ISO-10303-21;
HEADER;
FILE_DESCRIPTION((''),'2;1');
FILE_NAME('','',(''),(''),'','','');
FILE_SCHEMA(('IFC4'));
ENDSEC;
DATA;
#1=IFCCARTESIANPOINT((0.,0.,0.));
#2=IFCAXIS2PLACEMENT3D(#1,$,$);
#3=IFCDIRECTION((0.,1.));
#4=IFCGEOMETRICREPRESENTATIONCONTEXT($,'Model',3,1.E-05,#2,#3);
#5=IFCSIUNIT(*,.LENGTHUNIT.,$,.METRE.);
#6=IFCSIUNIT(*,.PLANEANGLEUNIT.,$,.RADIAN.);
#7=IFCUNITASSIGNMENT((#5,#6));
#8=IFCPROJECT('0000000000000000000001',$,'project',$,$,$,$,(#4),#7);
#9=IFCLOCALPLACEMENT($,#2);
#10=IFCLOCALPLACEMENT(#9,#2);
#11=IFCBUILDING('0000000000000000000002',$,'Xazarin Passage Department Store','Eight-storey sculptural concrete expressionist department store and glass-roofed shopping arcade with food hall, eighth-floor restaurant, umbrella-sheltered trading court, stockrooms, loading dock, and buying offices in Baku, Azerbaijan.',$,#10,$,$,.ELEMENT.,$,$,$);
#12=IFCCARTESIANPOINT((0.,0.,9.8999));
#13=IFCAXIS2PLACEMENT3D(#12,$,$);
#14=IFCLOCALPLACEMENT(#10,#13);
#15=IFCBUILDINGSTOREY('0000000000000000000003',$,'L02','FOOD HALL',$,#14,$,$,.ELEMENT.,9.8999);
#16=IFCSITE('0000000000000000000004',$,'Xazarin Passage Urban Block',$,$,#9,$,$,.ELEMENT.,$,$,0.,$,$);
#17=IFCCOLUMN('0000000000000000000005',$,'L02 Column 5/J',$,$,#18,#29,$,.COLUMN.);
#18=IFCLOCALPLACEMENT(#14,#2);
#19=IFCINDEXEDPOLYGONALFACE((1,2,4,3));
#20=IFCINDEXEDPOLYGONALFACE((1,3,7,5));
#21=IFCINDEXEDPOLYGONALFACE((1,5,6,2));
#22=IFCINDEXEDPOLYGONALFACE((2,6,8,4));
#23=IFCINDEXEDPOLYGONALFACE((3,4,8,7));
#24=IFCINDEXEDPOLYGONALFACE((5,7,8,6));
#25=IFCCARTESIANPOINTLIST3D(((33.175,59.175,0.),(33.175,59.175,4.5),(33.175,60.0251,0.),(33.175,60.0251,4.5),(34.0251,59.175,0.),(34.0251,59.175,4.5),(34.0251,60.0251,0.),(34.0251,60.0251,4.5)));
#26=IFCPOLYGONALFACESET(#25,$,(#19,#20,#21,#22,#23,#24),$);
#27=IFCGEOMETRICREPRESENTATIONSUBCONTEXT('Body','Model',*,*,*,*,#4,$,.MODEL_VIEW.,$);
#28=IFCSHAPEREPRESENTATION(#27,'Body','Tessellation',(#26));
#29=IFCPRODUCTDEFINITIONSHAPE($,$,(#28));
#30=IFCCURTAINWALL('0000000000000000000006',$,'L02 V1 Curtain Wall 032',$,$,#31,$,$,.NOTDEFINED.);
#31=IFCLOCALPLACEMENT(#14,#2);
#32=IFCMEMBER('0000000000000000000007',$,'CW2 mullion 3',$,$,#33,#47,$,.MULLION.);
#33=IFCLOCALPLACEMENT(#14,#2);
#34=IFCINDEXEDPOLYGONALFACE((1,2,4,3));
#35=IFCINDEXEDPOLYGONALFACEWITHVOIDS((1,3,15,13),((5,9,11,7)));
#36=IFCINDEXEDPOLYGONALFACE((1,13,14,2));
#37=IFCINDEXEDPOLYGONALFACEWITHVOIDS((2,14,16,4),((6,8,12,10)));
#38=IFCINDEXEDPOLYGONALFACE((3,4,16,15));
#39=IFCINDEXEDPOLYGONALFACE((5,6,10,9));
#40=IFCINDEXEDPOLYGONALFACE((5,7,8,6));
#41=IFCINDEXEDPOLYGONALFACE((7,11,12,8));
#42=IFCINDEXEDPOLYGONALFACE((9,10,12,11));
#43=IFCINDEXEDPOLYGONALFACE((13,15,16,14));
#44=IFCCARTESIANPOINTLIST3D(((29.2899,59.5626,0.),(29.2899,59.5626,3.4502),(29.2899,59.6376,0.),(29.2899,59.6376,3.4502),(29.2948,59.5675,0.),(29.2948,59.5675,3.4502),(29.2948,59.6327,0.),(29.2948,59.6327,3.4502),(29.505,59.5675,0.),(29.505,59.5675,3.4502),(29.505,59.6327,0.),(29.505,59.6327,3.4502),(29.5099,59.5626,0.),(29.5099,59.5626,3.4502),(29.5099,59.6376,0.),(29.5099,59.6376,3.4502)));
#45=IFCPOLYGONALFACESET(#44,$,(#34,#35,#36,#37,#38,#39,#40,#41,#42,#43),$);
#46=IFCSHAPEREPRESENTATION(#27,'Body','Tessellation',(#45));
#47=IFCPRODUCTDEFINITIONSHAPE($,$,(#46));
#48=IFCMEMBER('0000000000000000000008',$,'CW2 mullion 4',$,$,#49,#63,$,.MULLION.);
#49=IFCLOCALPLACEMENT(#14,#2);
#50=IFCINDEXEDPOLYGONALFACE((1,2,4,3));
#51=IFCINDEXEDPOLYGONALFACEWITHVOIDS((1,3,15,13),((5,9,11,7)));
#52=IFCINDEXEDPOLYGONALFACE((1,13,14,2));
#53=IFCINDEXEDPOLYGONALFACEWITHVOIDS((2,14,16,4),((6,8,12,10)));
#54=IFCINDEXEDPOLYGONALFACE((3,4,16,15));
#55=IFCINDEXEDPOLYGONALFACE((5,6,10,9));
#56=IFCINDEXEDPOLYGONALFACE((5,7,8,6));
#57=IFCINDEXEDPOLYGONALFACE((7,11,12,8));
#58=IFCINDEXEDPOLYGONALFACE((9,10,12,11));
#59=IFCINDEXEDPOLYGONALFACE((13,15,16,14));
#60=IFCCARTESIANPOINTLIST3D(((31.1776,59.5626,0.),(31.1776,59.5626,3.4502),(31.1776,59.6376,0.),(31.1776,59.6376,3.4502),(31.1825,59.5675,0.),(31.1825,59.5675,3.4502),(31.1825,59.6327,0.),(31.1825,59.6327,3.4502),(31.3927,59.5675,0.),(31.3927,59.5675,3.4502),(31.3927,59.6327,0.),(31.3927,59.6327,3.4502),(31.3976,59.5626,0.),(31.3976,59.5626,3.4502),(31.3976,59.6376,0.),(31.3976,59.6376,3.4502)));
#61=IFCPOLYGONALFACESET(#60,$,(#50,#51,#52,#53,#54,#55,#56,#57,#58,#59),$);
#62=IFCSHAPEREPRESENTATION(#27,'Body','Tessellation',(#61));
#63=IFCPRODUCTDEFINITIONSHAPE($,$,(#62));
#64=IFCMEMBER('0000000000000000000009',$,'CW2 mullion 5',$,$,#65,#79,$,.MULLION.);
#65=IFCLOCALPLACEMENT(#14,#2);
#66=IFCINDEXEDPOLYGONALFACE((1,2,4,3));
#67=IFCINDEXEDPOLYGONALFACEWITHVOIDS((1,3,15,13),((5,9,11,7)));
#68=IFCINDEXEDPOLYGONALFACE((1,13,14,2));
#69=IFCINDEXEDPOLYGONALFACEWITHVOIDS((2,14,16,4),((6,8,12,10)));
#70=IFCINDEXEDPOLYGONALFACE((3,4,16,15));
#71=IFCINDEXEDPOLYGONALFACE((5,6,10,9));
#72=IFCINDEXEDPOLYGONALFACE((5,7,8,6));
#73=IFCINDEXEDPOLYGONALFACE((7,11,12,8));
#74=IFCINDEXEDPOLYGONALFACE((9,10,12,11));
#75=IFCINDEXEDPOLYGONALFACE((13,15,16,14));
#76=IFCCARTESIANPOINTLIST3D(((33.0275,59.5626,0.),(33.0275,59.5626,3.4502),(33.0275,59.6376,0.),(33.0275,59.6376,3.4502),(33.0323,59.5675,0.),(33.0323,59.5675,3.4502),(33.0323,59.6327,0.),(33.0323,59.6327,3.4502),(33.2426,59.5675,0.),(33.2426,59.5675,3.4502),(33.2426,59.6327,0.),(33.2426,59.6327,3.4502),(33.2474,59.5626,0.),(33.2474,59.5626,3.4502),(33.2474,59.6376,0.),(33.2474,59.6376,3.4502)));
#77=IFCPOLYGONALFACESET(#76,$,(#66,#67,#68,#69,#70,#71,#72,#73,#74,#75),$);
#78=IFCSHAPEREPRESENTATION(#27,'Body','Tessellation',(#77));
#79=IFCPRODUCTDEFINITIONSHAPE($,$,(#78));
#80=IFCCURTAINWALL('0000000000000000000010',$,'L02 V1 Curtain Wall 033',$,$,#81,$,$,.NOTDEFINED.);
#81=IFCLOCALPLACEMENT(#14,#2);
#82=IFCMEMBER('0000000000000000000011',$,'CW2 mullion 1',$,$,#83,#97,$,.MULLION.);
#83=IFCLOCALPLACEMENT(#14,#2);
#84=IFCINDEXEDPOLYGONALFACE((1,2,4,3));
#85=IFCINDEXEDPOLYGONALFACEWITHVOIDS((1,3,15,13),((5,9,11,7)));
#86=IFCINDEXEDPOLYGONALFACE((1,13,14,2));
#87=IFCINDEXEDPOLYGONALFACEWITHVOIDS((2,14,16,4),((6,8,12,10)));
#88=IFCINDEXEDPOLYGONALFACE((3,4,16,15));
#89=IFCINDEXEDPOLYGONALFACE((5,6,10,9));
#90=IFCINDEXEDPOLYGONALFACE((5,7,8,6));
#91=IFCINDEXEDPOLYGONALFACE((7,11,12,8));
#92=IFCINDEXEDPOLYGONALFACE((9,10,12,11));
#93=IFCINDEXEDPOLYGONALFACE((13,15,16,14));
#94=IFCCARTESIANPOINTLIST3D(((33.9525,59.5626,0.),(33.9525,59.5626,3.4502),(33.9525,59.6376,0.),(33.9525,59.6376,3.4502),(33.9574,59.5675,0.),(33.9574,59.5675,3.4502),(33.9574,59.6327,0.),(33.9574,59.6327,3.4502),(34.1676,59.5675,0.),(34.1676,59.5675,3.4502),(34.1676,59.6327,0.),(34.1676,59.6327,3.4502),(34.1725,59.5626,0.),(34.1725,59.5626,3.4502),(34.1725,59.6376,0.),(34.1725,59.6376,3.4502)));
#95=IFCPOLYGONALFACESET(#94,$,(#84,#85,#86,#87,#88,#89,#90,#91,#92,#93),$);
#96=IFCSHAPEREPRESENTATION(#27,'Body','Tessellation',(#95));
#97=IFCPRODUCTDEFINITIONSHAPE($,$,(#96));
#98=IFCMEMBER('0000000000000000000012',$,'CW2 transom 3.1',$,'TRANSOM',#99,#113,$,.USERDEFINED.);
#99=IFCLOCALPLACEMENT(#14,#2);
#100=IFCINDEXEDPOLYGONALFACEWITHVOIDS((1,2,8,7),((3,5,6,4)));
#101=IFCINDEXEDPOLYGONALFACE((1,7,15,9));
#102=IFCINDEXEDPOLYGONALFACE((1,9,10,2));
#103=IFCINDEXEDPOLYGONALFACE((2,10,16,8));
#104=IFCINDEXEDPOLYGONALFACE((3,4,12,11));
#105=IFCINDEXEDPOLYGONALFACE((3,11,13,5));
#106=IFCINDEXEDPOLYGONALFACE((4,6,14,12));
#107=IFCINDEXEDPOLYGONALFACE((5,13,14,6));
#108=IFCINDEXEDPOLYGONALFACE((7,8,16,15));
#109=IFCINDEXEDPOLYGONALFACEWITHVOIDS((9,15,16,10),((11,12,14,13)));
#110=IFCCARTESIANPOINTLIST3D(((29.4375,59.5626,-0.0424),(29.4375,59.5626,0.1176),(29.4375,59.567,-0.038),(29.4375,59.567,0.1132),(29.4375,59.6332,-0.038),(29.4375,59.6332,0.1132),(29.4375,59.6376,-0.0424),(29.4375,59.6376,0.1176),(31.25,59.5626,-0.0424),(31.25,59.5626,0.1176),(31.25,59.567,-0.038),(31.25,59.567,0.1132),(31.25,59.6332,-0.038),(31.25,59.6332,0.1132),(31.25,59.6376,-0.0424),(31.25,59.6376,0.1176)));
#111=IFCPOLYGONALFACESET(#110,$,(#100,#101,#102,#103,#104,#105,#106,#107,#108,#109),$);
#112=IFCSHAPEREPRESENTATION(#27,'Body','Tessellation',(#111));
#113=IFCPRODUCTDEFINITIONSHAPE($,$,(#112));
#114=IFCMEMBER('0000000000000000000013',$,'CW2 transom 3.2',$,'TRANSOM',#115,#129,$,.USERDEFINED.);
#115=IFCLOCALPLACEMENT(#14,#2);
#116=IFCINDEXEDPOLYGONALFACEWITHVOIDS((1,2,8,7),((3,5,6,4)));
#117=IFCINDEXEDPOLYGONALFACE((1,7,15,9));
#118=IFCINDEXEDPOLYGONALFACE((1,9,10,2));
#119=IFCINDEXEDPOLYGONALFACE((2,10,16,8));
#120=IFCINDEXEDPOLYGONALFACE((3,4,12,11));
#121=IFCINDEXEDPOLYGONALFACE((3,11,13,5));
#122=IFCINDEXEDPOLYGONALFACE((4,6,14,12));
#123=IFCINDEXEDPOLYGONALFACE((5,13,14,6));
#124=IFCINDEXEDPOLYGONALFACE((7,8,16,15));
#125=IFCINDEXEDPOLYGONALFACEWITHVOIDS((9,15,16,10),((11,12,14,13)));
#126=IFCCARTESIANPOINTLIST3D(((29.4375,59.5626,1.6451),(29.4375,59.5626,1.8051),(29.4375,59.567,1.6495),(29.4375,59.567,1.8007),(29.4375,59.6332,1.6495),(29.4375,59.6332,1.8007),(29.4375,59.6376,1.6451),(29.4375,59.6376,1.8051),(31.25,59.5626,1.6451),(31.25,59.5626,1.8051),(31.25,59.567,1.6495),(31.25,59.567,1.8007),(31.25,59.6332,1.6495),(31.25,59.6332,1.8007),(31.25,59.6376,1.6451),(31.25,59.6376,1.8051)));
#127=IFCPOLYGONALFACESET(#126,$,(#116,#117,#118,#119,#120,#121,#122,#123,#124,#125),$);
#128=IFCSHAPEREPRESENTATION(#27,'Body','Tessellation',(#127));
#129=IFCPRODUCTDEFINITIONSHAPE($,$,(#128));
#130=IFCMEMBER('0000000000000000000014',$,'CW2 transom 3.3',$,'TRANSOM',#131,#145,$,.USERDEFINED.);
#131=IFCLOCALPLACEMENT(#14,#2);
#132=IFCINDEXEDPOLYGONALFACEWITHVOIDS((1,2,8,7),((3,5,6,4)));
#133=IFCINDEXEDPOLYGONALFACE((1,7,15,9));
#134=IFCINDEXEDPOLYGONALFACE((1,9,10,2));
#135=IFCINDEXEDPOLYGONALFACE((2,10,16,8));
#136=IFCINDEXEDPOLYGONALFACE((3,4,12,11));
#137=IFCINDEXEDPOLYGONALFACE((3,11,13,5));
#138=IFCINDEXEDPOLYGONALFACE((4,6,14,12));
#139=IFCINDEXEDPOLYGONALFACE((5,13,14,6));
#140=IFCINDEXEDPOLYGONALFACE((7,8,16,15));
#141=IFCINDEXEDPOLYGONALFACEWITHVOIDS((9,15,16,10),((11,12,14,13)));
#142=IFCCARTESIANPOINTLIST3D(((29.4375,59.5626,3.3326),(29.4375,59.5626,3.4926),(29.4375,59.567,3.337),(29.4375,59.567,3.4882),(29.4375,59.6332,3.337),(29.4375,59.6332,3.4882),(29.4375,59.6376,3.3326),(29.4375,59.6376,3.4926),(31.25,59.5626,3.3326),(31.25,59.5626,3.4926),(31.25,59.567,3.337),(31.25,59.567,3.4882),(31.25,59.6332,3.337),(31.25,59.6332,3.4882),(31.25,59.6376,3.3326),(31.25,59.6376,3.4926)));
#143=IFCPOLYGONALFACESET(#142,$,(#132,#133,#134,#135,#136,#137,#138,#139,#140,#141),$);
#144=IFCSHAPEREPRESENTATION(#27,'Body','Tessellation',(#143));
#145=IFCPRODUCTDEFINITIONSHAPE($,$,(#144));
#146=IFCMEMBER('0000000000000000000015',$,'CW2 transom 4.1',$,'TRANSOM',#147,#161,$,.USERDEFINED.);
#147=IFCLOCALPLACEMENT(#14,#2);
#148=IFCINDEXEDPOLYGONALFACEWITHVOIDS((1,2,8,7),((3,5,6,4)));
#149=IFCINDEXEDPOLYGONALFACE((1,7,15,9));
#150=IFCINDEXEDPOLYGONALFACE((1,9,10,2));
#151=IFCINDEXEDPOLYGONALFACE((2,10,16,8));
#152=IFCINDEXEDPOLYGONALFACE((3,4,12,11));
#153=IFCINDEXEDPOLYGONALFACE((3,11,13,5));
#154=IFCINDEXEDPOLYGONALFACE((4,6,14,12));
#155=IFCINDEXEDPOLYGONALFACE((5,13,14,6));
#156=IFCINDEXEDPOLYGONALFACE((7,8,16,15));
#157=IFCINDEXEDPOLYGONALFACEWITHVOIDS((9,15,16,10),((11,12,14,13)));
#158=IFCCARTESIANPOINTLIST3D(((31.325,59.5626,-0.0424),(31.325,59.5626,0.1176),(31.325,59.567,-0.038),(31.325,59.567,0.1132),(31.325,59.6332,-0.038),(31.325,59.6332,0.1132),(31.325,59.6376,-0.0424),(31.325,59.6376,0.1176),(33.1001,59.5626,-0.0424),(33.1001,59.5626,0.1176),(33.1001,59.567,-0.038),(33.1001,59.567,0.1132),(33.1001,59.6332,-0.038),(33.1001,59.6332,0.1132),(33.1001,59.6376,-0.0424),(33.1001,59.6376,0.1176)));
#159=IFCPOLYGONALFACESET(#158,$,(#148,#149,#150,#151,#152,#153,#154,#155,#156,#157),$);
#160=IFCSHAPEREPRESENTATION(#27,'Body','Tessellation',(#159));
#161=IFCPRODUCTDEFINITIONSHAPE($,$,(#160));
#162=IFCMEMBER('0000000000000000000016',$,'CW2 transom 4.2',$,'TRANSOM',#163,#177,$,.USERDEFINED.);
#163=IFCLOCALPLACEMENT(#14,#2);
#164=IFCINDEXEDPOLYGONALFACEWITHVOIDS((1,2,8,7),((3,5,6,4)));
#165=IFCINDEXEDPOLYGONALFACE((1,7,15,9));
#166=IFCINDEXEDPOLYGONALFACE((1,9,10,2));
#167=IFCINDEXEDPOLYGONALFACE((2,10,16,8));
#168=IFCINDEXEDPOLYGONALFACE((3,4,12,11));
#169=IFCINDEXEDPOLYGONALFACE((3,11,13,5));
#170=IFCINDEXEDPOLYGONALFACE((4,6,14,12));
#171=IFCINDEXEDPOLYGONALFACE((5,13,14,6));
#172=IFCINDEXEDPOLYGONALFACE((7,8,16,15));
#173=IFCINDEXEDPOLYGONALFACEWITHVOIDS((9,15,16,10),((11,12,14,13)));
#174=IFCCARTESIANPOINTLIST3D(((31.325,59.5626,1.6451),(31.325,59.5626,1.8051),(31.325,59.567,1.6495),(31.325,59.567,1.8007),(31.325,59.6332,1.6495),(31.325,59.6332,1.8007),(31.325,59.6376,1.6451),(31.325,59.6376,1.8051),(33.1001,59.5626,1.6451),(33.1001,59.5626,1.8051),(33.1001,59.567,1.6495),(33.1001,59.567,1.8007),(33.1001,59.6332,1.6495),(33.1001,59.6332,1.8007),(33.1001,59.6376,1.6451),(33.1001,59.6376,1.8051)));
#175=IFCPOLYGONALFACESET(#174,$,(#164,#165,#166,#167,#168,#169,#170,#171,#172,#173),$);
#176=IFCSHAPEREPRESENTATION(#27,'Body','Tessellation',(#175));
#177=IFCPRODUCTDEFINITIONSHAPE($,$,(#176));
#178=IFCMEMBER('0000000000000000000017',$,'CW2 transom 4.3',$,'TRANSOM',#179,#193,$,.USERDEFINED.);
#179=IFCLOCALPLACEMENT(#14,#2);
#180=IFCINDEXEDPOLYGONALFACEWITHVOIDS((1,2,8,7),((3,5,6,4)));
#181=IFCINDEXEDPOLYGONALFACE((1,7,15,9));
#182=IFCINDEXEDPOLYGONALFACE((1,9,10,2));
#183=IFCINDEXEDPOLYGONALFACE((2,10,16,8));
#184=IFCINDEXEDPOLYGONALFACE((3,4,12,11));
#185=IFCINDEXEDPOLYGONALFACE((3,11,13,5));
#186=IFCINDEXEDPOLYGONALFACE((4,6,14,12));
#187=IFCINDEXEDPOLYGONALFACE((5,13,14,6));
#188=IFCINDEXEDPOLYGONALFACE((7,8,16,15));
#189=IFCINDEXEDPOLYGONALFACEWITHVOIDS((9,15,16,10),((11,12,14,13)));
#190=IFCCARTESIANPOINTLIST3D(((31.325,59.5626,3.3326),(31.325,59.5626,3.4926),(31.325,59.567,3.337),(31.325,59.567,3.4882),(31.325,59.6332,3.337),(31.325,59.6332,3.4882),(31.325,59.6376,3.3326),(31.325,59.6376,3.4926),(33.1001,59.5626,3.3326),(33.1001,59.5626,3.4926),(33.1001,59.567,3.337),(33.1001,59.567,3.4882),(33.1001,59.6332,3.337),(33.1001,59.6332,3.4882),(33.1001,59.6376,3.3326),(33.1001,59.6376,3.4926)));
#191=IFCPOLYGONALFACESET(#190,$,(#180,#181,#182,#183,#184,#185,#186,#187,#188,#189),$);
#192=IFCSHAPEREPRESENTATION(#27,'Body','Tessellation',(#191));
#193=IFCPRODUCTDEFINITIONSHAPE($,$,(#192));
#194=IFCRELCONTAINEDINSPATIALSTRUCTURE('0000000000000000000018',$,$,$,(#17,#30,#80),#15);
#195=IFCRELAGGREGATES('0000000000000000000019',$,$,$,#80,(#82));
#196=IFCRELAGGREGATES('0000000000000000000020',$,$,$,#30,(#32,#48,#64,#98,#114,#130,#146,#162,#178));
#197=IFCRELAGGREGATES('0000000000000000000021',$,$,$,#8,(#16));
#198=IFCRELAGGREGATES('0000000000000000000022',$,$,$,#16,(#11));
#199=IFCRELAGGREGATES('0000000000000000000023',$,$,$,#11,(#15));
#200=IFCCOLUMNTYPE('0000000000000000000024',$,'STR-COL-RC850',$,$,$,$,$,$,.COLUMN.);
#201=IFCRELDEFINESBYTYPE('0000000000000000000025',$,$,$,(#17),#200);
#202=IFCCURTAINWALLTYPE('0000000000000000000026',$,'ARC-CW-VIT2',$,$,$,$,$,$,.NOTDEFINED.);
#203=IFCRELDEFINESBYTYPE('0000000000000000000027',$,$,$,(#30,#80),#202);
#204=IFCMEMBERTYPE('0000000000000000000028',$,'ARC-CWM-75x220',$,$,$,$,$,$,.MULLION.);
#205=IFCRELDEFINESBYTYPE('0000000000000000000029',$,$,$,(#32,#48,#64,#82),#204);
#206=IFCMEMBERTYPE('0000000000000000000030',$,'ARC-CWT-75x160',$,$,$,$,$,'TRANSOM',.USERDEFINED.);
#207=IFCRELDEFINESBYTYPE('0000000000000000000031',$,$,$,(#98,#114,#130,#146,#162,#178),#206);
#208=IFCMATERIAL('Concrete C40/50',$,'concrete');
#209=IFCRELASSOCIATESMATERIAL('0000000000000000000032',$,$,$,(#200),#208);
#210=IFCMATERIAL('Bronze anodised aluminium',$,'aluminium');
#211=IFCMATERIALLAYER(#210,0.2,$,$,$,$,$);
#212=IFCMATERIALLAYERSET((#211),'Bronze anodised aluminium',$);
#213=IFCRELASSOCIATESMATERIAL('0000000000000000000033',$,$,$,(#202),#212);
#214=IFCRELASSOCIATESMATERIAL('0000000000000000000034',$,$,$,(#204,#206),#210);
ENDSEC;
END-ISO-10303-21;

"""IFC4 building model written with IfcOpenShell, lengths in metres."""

from ifc_helpers import new_model, si_unit, direction, frame, origin, origin_2d, place, context, subcontext, project, spatial, rectangle, hollow_rectangle, extrude, material, layer, layer_set, material_profile, profile_set, type_object, element, aggregate, save


model = new_model("IFC4")

# Units and contexts
model_context = context("Model", 3, precision=1e-05, world=origin(), true_north=direction((0.0, 1.0)))
body_context = subcontext(model_context, "Body", "Model", "MODEL_VIEW")
ifc_project = project(units=[si_unit("LENGTHUNIT", "METRE"), si_unit("PLANEANGLEUNIT", "RADIAN")], contexts=[model_context])

# Site, building, storey
site_placement = place(None, origin())
site = spatial("IfcSite", under=ifc_project, at=site_placement, Name="Xazarin Passage Urban Block", CompositionType="ELEMENT", RefElevation=0.0)
building_placement = place(site_placement, origin())
building = spatial("IfcBuilding", under=site, at=building_placement, Name="Xazarin Passage Department Store", Description="Eight-storey sculptural concrete expressionist department store and glass-roofed shopping arcade with food hall, eighth-floor restaurant, umbrella-sheltered trading court, stockrooms, loading dock, and buying offices in Baku, Azerbaijan.", CompositionType="ELEMENT")
storey_placement = place(building_placement, frame((0.0, 0.0, 9.8999)))
storey = spatial("IfcBuildingStorey", under=building, at=storey_placement, Name="L02", Description="FOOD HALL", CompositionType="ELEMENT", Elevation=9.8999)

# Column
ifc_material_1 = material(Name="Concrete C40/50", Category="concrete")
ifc_material_profile_1 = material_profile(ifc_material_1, rectangle(XDim=0.8501, YDim=0.8501, at=origin_2d()), Name="RC 850x850")
ifc_profile_set_1 = profile_set([ifc_material_profile_1], Name="Concrete C40/50")
column_type = type_object("IfcColumnType", Name="STR-COL-RC850", PredefinedType="COLUMN", material=ifc_profile_set_1)
column_placement = place(storey_placement, frame((33.6001, 59.6001, 0.0), z_axis=(0.0, 0.0, 1.0), x_axis=(1.0, 0.0, 0.0)))
element("IfcColumn", 1, at=column_placement, inside=storey, type_object=column_type, Name="L02 Column 5/J", PredefinedType="COLUMN", context=body_context, shape_type="SweptSolid", body=[
    extrude(rectangle(XDim=0.8501, YDim=0.8501, at=origin_2d()), origin(), (0.0, 0.0, 1.0), 4.5),
])

# Curtain wall, members
ifc_material_2 = material(Name="Bronze anodised aluminium", Category="aluminium")
ifc_layer_1 = layer(ifc_material_2, 0.2)
ifc_layer_set_1 = layer_set([ifc_layer_1], Name="Bronze anodised aluminium")
curtain_wall_type = type_object("IfcCurtainWallType", Name="ARC-CW-VIT2", PredefinedType="NOTDEFINED", material=ifc_layer_set_1)
curtain_wall_1_placement = place(storey_placement, origin())
curtain_wall_1 = element("IfcCurtainWall", 2, at=curtain_wall_1_placement, inside=storey, type_object=curtain_wall_type, Name="L02 V1 Curtain Wall 032", PredefinedType="NOTDEFINED")
ifc_material_profile_2 = material_profile(ifc_material_2, hollow_rectangle(XDim=0.075, YDim=0.22, WallThickness=0.0049, at=origin_2d()), Name="ALU 75x220")
ifc_profile_set_2 = profile_set([ifc_material_profile_2], Name="Bronze anodised aluminium")
member_type_1 = type_object("IfcMemberType", Name="ARC-CWM-75x220", PredefinedType="MULLION", material=ifc_profile_set_2)
member_1_placement = place(storey_placement, frame((29.3999, 59.6001, 0.0), z_axis=(0.0, 0.0, 1.0), x_axis=(0.0, 1.0, 0.0)))
member_1 = element("IfcMember", 3, at=member_1_placement, type_object=member_type_1, Name="CW2 mullion 3", PredefinedType="MULLION", context=body_context, shape_type="SweptSolid", body=[
    extrude(hollow_rectangle(XDim=0.075, YDim=0.22, WallThickness=0.0049, at=origin_2d()), origin(), (0.0, 0.0, 1.0), 3.4502),
])
member_2_placement = place(storey_placement, frame((31.2876, 59.6001, 0.0), z_axis=(0.0, 0.0, 1.0), x_axis=(0.0, 1.0, 0.0)))
member_2 = element("IfcMember", 4, at=member_2_placement, type_object=member_type_1, Name="CW2 mullion 4", PredefinedType="MULLION", context=body_context, shape_type="SweptSolid", body=[
    extrude(hollow_rectangle(XDim=0.075, YDim=0.22, WallThickness=0.0049, at=origin_2d()), origin(), (0.0, 0.0, 1.0), 3.4502),
])
member_3_placement = place(storey_placement, frame((33.1375, 59.6001, 0.0), z_axis=(0.0, 0.0, 1.0), x_axis=(0.0, 1.0, 0.0)))
member_3 = element("IfcMember", 5, at=member_3_placement, type_object=member_type_1, Name="CW2 mullion 5", PredefinedType="MULLION", context=body_context, shape_type="SweptSolid", body=[
    extrude(hollow_rectangle(XDim=0.075, YDim=0.22, WallThickness=0.0049, at=origin_2d()), origin(), (0.0, 0.0, 1.0), 3.4502),
])

# Curtain wall, member
curtain_wall_2_placement = place(storey_placement, origin())
curtain_wall_2 = element("IfcCurtainWall", 6, at=curtain_wall_2_placement, inside=storey, type_object=curtain_wall_type, Name="L02 V1 Curtain Wall 033", PredefinedType="NOTDEFINED")
member_4_placement = place(storey_placement, frame((34.0625, 59.6001, 0.0), z_axis=(0.0, 0.0, 1.0), x_axis=(0.0, 1.0, 0.0)))
member_4 = element("IfcMember", 7, at=member_4_placement, type_object=member_type_1, Name="CW2 mullion 1", PredefinedType="MULLION", context=body_context, shape_type="SweptSolid", body=[
    extrude(hollow_rectangle(XDim=0.075, YDim=0.22, WallThickness=0.0049, at=origin_2d()), origin(), (0.0, 0.0, 1.0), 3.4502),
])

# Members
ifc_material_profile_3 = material_profile(ifc_material_2, hollow_rectangle(XDim=0.075, YDim=0.1599, WallThickness=0.0044, at=origin_2d()), Name="ALU 75x160")
ifc_profile_set_3 = profile_set([ifc_material_profile_3], Name="Bronze anodised aluminium")
member_type_2 = type_object("IfcMemberType", Name="ARC-CWT-75x160", ElementType="TRANSOM", PredefinedType="USERDEFINED", material=ifc_profile_set_3)
member_5_placement = place(storey_placement, frame((29.4375, 59.6001, 0.0376), z_axis=(1.0, 0.0, 0.0), x_axis=(0.0, 1.0, 0.0)))
member_5 = element("IfcMember", 8, at=member_5_placement, type_object=member_type_2, Name="CW2 transom 3.1", ObjectType="TRANSOM", PredefinedType="USERDEFINED", context=body_context, shape_type="SweptSolid", body=[
    extrude(hollow_rectangle(XDim=0.075, YDim=0.1599, WallThickness=0.0044, at=origin_2d()), origin(), (0.0, 0.0, 1.0), 1.8125),
])
member_6_placement = place(storey_placement, frame((29.4375, 59.6001, 1.7251), z_axis=(1.0, 0.0, 0.0), x_axis=(0.0, 1.0, 0.0)))
member_6 = element("IfcMember", 9, at=member_6_placement, type_object=member_type_2, Name="CW2 transom 3.2", ObjectType="TRANSOM", PredefinedType="USERDEFINED", context=body_context, shape_type="SweptSolid", body=[
    extrude(hollow_rectangle(XDim=0.075, YDim=0.1599, WallThickness=0.0044, at=origin_2d()), origin(), (0.0, 0.0, 1.0), 1.8125),
])
member_7_placement = place(storey_placement, frame((29.4375, 59.6001, 3.4126), z_axis=(1.0, 0.0, 0.0), x_axis=(0.0, 1.0, 0.0)))
member_7 = element("IfcMember", 10, at=member_7_placement, type_object=member_type_2, Name="CW2 transom 3.3", ObjectType="TRANSOM", PredefinedType="USERDEFINED", context=body_context, shape_type="SweptSolid", body=[
    extrude(hollow_rectangle(XDim=0.075, YDim=0.1599, WallThickness=0.0044, at=origin_2d()), origin(), (0.0, 0.0, 1.0), 1.8125),
])
member_8_placement = place(storey_placement, frame((31.325, 59.6001, 0.0376), z_axis=(1.0, 0.0, 0.0), x_axis=(0.0, 1.0, 0.0)))
member_8 = element("IfcMember", 11, at=member_8_placement, type_object=member_type_2, Name="CW2 transom 4.1", ObjectType="TRANSOM", PredefinedType="USERDEFINED", context=body_context, shape_type="SweptSolid", body=[
    extrude(hollow_rectangle(XDim=0.075, YDim=0.1599, WallThickness=0.0044, at=origin_2d()), origin(), (0.0, 0.0, 1.0), 1.7751),
])
member_9_placement = place(storey_placement, frame((31.325, 59.6001, 1.7251), z_axis=(1.0, 0.0, 0.0), x_axis=(0.0, 1.0, 0.0)))
member_9 = element("IfcMember", 12, at=member_9_placement, type_object=member_type_2, Name="CW2 transom 4.2", ObjectType="TRANSOM", PredefinedType="USERDEFINED", context=body_context, shape_type="SweptSolid", body=[
    extrude(hollow_rectangle(XDim=0.075, YDim=0.1599, WallThickness=0.0044, at=origin_2d()), origin(), (0.0, 0.0, 1.0), 1.7751),
])
member_10_placement = place(storey_placement, frame((31.325, 59.6001, 3.4126), z_axis=(1.0, 0.0, 0.0), x_axis=(0.0, 1.0, 0.0)))
member_10 = element("IfcMember", 13, at=member_10_placement, type_object=member_type_2, Name="CW2 transom 4.3", ObjectType="TRANSOM", PredefinedType="USERDEFINED", context=body_context, shape_type="SweptSolid", body=[
    extrude(hollow_rectangle(XDim=0.075, YDim=0.1599, WallThickness=0.0044, at=origin_2d()), origin(), (0.0, 0.0, 1.0), 1.7751),
])
aggregate(curtain_wall_2, [member_4])

aggregate(curtain_wall_1, [member_1, member_2, member_3, member_5, member_6, member_7, member_8, member_9, member_10])

save(model, "model.ifc")
